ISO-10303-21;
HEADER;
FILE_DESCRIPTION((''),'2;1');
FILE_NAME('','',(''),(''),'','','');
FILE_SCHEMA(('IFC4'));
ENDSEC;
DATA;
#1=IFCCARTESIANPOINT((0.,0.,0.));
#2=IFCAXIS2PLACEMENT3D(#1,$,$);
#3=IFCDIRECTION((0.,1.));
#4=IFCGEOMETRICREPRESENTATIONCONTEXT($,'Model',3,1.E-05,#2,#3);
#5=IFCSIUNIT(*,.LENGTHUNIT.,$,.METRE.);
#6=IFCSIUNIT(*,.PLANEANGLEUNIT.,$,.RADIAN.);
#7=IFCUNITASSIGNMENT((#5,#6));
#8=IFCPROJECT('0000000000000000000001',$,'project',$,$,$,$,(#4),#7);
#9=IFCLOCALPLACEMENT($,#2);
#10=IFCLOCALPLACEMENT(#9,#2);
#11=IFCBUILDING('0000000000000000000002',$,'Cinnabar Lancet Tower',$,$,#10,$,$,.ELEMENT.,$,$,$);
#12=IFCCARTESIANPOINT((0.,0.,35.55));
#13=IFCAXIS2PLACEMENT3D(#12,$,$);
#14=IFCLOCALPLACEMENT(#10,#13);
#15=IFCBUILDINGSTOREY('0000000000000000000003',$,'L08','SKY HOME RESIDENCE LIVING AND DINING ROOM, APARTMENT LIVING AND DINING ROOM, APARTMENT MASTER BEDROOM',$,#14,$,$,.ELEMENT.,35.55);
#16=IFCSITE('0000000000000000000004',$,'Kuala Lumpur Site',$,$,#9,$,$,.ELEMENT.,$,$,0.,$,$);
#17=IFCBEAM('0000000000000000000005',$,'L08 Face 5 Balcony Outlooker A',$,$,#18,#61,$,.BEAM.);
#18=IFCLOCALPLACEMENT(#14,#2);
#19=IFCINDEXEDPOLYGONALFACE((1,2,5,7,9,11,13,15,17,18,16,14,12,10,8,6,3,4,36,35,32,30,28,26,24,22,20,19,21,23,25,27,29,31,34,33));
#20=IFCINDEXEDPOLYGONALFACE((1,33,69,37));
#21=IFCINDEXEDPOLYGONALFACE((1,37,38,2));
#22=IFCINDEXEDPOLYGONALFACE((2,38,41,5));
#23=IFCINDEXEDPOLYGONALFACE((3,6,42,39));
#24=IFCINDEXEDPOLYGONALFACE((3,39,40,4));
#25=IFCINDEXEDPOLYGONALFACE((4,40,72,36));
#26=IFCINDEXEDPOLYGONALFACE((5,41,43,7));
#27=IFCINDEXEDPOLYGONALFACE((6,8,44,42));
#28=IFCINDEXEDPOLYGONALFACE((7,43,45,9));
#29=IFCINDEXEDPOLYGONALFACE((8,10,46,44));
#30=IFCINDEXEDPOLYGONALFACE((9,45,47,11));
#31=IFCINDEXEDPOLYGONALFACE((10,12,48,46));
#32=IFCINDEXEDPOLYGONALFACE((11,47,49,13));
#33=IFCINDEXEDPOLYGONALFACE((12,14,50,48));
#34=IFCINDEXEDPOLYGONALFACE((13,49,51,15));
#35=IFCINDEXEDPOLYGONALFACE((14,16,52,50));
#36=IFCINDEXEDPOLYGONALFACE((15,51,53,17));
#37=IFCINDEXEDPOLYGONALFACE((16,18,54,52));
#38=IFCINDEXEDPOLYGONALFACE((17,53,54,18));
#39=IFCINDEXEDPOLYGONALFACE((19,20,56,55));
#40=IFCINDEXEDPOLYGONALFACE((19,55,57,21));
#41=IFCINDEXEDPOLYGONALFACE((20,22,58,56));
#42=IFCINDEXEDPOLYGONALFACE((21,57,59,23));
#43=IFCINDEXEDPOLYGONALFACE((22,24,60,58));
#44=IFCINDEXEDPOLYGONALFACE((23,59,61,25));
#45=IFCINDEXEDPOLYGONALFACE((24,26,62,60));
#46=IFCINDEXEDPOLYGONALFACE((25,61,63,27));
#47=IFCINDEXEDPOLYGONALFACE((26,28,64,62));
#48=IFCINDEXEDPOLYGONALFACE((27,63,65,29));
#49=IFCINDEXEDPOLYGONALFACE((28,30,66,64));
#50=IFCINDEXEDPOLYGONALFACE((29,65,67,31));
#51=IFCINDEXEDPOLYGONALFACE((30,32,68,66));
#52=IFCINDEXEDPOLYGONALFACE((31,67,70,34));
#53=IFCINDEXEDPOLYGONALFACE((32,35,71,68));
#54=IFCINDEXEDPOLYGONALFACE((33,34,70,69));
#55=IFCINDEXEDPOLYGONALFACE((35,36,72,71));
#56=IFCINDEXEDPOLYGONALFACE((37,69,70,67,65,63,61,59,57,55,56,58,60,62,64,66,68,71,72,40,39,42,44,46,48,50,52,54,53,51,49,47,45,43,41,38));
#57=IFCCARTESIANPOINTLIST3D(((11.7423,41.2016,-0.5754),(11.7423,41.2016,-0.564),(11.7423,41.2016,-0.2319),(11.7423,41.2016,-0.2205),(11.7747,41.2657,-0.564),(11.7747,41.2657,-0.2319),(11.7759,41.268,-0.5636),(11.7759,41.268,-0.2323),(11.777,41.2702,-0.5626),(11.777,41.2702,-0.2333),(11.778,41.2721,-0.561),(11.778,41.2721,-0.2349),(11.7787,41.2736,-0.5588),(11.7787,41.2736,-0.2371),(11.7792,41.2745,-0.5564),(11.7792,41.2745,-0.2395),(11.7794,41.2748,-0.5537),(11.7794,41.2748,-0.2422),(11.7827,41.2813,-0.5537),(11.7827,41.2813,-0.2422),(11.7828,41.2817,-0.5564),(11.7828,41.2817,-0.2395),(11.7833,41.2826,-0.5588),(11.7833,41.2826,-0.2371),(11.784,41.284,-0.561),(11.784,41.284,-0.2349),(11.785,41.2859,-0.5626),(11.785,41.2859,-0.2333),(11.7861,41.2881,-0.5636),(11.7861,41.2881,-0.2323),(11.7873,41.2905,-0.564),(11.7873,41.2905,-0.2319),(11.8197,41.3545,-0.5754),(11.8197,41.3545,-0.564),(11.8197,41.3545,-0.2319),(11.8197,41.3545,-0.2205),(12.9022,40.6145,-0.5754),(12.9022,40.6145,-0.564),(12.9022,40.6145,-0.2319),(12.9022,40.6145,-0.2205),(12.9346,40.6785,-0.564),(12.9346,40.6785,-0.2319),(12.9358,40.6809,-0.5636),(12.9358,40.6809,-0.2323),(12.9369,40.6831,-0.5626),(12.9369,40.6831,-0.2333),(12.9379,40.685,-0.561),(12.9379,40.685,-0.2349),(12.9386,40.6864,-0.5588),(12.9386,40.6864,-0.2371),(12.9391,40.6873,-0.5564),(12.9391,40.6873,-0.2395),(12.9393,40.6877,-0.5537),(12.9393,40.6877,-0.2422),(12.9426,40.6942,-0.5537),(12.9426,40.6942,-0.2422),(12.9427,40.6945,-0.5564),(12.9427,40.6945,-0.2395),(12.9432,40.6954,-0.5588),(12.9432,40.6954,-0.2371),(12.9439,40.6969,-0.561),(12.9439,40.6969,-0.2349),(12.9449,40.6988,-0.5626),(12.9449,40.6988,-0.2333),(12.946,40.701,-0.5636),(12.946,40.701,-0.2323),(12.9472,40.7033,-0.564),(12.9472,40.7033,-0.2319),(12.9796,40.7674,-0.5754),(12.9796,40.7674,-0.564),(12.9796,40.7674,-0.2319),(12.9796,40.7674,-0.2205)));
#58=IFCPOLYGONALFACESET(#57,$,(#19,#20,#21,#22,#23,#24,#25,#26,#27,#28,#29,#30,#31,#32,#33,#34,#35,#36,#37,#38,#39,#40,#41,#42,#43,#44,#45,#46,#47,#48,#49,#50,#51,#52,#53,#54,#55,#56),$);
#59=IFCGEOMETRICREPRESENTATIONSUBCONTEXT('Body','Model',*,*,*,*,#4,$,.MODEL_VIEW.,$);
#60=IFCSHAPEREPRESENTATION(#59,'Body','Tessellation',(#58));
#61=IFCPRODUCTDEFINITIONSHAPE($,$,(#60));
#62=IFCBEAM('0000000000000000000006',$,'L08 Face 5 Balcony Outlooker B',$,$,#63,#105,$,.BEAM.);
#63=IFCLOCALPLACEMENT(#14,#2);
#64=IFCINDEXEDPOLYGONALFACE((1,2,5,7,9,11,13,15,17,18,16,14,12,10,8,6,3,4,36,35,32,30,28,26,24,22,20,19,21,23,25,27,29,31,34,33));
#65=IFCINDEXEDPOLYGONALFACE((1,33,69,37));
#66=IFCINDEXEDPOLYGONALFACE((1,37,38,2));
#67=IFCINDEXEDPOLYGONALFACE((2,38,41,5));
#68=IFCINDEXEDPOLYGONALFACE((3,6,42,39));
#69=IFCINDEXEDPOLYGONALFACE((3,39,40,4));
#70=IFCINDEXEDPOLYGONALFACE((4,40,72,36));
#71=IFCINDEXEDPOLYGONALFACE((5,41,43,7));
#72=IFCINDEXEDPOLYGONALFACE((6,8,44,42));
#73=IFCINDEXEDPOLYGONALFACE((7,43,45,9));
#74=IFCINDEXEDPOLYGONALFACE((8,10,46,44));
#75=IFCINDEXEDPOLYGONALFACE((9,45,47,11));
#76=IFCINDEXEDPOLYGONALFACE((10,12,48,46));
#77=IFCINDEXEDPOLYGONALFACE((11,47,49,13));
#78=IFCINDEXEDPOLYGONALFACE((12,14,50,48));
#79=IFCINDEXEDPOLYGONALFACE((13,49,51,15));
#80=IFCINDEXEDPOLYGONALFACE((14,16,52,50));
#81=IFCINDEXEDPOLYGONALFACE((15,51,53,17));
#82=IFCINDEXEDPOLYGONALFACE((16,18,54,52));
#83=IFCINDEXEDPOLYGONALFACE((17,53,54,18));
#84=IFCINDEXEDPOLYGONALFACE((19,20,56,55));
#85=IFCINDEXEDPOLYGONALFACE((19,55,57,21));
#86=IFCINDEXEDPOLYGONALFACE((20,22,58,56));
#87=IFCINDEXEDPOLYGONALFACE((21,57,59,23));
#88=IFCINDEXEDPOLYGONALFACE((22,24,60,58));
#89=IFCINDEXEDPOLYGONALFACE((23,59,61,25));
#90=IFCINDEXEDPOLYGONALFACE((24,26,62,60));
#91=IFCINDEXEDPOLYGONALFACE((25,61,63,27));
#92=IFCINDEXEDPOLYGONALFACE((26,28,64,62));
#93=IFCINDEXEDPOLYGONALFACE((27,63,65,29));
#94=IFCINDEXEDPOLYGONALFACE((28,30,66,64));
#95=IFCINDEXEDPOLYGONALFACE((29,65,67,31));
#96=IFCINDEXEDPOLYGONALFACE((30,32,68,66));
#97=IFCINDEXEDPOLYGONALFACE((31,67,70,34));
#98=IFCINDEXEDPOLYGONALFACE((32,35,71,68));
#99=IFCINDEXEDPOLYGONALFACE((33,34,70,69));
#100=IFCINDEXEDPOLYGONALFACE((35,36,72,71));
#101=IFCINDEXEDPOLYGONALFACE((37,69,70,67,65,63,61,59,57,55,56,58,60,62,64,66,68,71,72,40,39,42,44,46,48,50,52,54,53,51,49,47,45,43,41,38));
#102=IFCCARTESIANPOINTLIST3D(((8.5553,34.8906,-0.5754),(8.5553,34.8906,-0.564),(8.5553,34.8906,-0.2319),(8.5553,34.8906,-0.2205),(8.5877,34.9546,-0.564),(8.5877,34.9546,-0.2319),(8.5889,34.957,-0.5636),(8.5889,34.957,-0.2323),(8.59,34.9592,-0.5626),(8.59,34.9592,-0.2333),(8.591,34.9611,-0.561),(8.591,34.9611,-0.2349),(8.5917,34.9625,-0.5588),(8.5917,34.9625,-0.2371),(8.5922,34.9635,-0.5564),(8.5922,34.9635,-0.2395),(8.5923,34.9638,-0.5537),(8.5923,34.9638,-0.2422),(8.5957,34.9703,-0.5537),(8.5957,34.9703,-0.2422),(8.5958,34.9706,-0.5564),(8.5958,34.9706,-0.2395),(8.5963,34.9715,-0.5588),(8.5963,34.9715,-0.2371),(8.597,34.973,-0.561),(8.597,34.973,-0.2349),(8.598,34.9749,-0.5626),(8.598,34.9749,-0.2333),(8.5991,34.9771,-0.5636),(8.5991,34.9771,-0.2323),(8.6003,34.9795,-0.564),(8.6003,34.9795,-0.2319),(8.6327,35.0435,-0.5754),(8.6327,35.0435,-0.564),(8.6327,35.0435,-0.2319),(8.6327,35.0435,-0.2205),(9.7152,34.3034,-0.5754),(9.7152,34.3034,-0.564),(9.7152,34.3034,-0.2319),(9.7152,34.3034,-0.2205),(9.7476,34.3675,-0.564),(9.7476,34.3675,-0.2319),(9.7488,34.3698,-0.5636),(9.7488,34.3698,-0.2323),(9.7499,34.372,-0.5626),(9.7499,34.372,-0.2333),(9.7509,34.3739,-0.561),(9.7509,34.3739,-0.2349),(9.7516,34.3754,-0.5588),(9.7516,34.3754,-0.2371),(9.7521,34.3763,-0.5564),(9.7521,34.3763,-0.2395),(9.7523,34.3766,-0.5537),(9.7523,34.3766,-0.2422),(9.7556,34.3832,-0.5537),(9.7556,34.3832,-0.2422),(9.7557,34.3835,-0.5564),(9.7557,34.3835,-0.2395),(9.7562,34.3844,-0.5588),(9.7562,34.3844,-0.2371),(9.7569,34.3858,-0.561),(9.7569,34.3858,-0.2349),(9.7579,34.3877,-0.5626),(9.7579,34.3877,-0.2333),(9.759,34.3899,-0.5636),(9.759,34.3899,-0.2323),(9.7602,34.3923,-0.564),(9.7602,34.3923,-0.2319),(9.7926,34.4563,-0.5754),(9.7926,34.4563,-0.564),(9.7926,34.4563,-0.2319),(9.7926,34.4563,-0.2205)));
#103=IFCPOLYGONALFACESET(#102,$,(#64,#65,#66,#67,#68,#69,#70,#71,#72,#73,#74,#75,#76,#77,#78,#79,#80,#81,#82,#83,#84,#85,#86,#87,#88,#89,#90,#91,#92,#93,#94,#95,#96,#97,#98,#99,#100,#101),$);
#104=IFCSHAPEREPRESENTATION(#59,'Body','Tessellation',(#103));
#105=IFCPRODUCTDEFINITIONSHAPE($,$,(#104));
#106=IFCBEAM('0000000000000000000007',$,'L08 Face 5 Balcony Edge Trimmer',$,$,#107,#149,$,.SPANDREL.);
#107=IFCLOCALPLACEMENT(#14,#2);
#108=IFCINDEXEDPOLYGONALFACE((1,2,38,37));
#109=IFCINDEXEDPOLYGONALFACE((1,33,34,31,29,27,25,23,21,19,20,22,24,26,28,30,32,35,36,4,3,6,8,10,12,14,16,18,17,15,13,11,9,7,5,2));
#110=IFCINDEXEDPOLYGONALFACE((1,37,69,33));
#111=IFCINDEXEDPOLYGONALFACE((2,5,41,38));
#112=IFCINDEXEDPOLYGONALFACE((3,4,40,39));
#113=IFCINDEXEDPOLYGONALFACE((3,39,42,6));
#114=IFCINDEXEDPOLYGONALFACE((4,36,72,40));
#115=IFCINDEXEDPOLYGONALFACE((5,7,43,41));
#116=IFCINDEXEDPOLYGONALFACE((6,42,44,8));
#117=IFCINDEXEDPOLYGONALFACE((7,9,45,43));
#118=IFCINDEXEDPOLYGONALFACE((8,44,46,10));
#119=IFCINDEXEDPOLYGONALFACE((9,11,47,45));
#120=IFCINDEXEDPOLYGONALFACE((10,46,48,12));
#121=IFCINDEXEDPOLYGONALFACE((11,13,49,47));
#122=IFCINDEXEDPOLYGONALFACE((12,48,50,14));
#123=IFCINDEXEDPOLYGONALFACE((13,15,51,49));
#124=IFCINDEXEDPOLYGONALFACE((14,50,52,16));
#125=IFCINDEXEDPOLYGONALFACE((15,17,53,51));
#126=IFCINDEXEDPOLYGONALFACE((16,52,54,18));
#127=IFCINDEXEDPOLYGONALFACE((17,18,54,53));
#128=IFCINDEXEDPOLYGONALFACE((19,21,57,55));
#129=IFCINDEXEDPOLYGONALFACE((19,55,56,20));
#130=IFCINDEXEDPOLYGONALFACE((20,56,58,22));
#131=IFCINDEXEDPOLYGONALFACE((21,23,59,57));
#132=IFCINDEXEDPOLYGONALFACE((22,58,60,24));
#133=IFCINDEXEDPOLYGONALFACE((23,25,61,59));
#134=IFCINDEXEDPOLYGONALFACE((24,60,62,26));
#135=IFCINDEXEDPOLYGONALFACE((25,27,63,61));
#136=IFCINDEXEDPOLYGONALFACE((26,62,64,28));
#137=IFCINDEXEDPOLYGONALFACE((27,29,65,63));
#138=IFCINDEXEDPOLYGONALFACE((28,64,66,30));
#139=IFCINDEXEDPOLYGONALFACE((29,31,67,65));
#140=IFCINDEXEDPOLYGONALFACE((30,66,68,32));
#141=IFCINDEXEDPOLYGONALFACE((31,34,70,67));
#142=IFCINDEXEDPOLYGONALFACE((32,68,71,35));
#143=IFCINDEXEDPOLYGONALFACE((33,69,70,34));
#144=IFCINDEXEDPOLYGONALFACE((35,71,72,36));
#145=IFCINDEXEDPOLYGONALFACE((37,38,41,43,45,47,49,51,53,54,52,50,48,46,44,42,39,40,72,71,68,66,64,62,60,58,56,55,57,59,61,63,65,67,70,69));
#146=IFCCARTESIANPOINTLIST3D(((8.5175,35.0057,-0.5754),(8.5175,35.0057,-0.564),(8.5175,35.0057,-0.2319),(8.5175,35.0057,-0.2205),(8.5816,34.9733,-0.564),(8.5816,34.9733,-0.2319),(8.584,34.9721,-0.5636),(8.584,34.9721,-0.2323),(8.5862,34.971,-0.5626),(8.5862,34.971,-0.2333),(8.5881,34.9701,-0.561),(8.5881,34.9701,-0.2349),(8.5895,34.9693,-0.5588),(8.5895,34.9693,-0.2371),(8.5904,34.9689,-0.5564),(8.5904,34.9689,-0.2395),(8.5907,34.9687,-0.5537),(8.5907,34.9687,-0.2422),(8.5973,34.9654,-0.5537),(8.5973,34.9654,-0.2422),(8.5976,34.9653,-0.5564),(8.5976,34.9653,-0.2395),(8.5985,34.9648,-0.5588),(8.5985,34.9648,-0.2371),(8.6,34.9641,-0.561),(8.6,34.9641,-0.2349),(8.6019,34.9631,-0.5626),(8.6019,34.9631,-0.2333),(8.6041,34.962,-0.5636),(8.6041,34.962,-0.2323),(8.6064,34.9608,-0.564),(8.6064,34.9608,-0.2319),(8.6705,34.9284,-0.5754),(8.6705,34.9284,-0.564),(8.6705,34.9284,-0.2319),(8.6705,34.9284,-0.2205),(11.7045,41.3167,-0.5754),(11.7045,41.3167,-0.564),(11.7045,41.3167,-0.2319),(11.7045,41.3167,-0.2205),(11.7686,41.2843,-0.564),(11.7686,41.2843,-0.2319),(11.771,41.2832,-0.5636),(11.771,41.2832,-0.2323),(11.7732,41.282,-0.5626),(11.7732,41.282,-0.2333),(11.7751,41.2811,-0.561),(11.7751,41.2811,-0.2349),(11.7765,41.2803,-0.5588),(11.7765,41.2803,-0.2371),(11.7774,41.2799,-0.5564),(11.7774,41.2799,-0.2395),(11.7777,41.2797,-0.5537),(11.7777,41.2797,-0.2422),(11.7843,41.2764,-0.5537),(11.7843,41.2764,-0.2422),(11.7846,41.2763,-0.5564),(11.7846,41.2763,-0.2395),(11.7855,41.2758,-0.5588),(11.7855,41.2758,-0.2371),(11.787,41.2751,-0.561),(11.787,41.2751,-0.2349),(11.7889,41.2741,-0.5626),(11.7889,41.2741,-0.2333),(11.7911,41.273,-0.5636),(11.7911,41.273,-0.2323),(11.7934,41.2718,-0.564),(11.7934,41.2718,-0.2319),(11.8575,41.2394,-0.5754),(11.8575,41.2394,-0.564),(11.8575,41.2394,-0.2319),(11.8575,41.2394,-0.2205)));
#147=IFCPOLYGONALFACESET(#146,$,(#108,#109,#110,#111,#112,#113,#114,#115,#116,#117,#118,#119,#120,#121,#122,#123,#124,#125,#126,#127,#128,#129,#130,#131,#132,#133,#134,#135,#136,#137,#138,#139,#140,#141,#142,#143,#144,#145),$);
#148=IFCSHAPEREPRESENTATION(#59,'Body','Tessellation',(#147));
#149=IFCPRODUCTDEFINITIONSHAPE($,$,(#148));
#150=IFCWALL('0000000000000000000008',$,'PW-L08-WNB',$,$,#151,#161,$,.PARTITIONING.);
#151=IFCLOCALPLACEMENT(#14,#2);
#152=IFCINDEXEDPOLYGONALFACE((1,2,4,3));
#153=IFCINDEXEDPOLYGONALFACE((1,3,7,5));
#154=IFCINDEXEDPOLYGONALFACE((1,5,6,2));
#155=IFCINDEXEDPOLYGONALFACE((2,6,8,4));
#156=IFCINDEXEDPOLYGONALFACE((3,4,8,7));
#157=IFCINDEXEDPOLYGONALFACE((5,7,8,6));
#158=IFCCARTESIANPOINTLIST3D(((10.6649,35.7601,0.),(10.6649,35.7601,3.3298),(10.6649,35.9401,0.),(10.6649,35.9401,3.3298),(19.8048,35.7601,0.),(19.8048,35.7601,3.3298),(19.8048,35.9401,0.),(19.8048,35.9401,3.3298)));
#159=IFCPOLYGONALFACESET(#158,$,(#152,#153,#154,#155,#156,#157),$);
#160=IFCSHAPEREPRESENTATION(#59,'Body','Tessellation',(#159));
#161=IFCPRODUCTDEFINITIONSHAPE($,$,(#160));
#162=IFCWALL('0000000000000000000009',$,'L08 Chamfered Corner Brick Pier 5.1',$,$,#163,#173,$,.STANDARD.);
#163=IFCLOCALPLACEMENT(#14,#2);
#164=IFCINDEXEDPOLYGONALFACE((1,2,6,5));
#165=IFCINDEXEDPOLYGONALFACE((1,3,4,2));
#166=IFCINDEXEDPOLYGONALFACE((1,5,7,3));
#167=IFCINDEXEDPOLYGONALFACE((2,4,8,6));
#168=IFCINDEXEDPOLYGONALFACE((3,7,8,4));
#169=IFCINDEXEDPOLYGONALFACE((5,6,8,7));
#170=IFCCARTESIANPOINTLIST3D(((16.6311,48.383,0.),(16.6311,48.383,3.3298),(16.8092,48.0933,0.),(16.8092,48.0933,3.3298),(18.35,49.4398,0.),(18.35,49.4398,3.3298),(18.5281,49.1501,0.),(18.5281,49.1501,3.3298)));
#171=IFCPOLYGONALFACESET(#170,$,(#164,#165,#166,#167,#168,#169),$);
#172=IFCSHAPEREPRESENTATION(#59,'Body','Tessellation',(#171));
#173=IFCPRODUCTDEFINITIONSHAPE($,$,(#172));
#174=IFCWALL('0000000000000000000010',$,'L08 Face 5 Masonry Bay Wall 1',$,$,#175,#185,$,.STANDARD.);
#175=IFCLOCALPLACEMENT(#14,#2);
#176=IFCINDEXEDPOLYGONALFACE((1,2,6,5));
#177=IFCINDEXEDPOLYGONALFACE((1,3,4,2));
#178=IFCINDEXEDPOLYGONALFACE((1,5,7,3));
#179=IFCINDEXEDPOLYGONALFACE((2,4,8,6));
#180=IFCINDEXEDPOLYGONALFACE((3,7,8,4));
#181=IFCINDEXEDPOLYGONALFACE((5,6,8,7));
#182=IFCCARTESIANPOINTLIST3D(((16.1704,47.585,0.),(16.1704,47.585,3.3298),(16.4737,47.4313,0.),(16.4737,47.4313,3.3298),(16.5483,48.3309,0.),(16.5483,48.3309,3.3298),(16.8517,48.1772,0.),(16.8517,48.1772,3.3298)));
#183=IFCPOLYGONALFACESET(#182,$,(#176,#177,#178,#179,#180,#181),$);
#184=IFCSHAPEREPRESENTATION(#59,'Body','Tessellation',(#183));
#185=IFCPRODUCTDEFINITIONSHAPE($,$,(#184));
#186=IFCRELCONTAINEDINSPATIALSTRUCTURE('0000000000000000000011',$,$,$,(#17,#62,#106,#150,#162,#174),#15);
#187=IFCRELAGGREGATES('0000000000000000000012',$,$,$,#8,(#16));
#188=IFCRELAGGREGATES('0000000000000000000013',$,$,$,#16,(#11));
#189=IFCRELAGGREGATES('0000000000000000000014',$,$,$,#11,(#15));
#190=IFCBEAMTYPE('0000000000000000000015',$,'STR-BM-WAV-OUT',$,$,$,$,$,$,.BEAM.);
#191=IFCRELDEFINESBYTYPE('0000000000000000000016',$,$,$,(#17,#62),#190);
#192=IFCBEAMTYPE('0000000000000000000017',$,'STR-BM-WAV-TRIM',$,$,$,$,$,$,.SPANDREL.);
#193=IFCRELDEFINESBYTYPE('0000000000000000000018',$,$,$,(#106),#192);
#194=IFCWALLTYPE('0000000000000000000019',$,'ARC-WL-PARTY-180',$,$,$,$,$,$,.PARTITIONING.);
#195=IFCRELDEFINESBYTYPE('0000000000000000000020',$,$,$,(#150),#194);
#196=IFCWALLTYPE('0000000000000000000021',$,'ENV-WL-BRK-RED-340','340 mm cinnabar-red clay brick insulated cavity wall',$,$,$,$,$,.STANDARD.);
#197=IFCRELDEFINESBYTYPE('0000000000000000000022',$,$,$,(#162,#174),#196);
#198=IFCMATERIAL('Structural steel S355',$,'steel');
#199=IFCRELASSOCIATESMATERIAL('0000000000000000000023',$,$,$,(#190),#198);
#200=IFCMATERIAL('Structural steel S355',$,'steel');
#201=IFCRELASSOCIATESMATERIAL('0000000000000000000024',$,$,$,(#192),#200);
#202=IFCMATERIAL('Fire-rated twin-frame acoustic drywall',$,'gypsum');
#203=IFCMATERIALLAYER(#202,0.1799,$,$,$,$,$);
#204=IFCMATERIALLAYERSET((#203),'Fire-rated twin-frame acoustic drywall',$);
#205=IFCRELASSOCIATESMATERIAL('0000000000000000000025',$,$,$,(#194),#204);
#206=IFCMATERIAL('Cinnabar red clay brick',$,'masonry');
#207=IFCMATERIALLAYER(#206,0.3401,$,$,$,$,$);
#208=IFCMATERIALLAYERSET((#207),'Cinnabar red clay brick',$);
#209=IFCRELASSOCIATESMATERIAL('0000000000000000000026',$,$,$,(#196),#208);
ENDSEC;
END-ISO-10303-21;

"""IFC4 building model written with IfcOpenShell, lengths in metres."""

from ifc_helpers import new_model, si_unit, direction, frame, frame_2d, origin, origin_2d, place, context, subcontext, project, spatial, rectangle, i_section, extrude, material, layer, layer_set, material_profile, profile_set, type_object, element, save


model = new_model("IFC4")

# Units and contexts
model_context = context("Model", 3, precision=1e-05, world=origin(), true_north=direction((0.0, 1.0)))
body_context = subcontext(model_context, "Body", "Model", "MODEL_VIEW")
ifc_project = project(units=[si_unit("LENGTHUNIT", "METRE"), si_unit("PLANEANGLEUNIT", "RADIAN")], contexts=[model_context])

# Site, building, storey
site_placement = place(None, origin())
site = spatial("IfcSite", under=ifc_project, at=site_placement, Name="Kuala Lumpur Site", CompositionType="ELEMENT", RefElevation=0.0)
building_placement = place(site_placement, origin())
building = spatial("IfcBuilding", under=site, at=building_placement, Name="Cinnabar Lancet Tower", CompositionType="ELEMENT")
storey_placement = place(building_placement, frame((0.0, 0.0, 35.55)))
storey = spatial("IfcBuildingStorey", under=building, at=storey_placement, Name="L08", Description="SKY HOME RESIDENCE LIVING AND DINING ROOM, APARTMENT LIVING AND DINING ROOM, APARTMENT MASTER BEDROOM", CompositionType="ELEMENT", Elevation=35.55)

# Beams
ifc_material_1 = material(Name="Structural steel S355", Category="steel")
ifc_material_profile_1 = material_profile(ifc_material_1, i_section(OverallWidth=0.1714, OverallDepth=0.355, WebThickness=0.0073, FlangeThickness=0.0115, FilletRadius=0.0103, at=origin_2d()), Name="UKB 356x171x51")
ifc_profile_set_1 = profile_set([ifc_material_profile_1], Name="Structural steel S355")
beam_type_1 = type_object("IfcBeamType", Name="STR-BM-WAV-OUT", PredefinedType="BEAM", material=ifc_profile_set_1)
for number, where, z_axis, x_axis, name in (
    (1, (12.9409, 40.6909, -0.3979), (-0.8922, 0.45164, 0.0), (-0.45164, -0.8922, 0.0), "L08 Face 5 Balcony Outlooker A"),
    (2, (9.7539, 34.3799, -0.3979), (-0.8922, 0.45164, 0.0), (-0.45164, -0.8922, 0.0), "L08 Face 5 Balcony Outlooker B"),
):
    element("IfcBeam", number, at=place(storey_placement, frame(where, z_axis=z_axis, x_axis=x_axis)), inside=storey, type_object=beam_type_1, Name=name, PredefinedType="BEAM", context=body_context, shape_type="SweptSolid", body=[
        extrude(i_section(OverallWidth=0.1714, OverallDepth=0.355, WebThickness=0.0073, FlangeThickness=0.0115, FilletRadius=0.0103, at=origin_2d()), origin(), (0.0, 0.0, 1.0), 1.3),
    ])
ifc_material_2 = material(Name="Structural steel S355", Category="steel")
ifc_material_profile_2 = material_profile(ifc_material_2, i_section(OverallWidth=0.1714, OverallDepth=0.355, WebThickness=0.0073, FlangeThickness=0.0115, FilletRadius=0.0103, at=origin_2d()), Name="UKB 356x171x51")
ifc_profile_set_2 = profile_set([ifc_material_profile_2], Name="Structural steel S355")
beam_type_2 = type_object("IfcBeamType", Name="STR-BM-WAV-TRIM", PredefinedType="SPANDREL", material=ifc_profile_set_2)
beam_1_placement = place(storey_placement, frame((11.781, 41.2781, -0.3979), z_axis=(-0.450774, -0.892638, 0.0), x_axis=(0.892638, -0.450774, 0.0)))
element("IfcBeam", 3, at=beam_1_placement, inside=storey, type_object=beam_type_2, Name="L08 Face 5 Balcony Edge Trimmer", PredefinedType="SPANDREL", context=body_context, shape_type="SweptSolid", body=[
    extrude(i_section(OverallWidth=0.1714, OverallDepth=0.355, WebThickness=0.0073, FlangeThickness=0.0115, FilletRadius=0.0103, at=origin_2d()), origin(), (0.0, 0.0, 1.0), 7.0701),
])

# Walls
ifc_material_3 = material(Name="Fire-rated twin-frame acoustic drywall", Category="gypsum")
ifc_layer_1 = layer(ifc_material_3, 0.1799)
ifc_layer_set_1 = layer_set([ifc_layer_1], Name="Fire-rated twin-frame acoustic drywall")
wall_type_1 = type_object("IfcWallType", Name="ARC-WL-PARTY-180", PredefinedType="PARTITIONING", material=ifc_layer_set_1)
wall_1_placement = place(storey_placement, frame((10.665, 35.8501, 0.0), z_axis=(0.0, 0.0, 1.0), x_axis=(1.0, 0.0, 0.0)))
element("IfcWall", 4, at=wall_1_placement, inside=storey, type_object=wall_type_1, Name="PW-L08-WNB", PredefinedType="PARTITIONING", context=body_context, shape_type="SweptSolid", body=[
    extrude(rectangle(XDim=9.1399, YDim=0.1799, at=frame_2d((4.5698, 0.0))), origin(), (0.0, 0.0, 1.0), 3.3298),
])
ifc_material_4 = material(Name="Cinnabar red clay brick", Category="masonry")
ifc_layer_2 = layer(ifc_material_4, 0.3401)
ifc_layer_set_2 = layer_set([ifc_layer_2], Name="Cinnabar red clay brick")
wall_type_2 = type_object("IfcWallType", Name="ENV-WL-BRK-RED-340", Description="340 mm cinnabar-red clay brick insulated cavity wall", PredefinedType="STANDARD", material=ifc_layer_set_2)
wall_2_placement = place(storey_placement, frame((18.439, 49.2949, 0.0), z_axis=(0.0, 0.0, 1.0), x_axis=(-0.85187, -0.523753, 0.0)))
element("IfcWall", 5, at=wall_2_placement, inside=storey, type_object=wall_type_2, Name="L08 Chamfered Corner Brick Pier 5.1", PredefinedType="STANDARD", context=body_context, shape_type="SweptSolid", body=[
    extrude(rectangle(XDim=2.0178, YDim=0.3401, at=frame_2d((1.0088, 0.0))), origin(), (0.0, 0.0, 1.0), 3.3298),
])
wall_3_placement = place(storey_placement, frame((16.7, 48.2539, 0.0), z_axis=(0.0, 0.0, 1.0), x_axis=(-0.451996, -0.89202, 0.0)))
element("IfcWall", 6, at=wall_3_placement, inside=storey, type_object=wall_type_2, Name="L08 Face 5 Masonry Bay Wall 1", PredefinedType="STANDARD", context=body_context, shape_type="SweptSolid", body=[
    extrude(rectangle(XDim=0.8362, YDim=0.3401, at=frame_2d((0.418, 0.0))), origin(), (0.0, 0.0, 1.0), 3.3298),
])

save(model, "model.ifc")
